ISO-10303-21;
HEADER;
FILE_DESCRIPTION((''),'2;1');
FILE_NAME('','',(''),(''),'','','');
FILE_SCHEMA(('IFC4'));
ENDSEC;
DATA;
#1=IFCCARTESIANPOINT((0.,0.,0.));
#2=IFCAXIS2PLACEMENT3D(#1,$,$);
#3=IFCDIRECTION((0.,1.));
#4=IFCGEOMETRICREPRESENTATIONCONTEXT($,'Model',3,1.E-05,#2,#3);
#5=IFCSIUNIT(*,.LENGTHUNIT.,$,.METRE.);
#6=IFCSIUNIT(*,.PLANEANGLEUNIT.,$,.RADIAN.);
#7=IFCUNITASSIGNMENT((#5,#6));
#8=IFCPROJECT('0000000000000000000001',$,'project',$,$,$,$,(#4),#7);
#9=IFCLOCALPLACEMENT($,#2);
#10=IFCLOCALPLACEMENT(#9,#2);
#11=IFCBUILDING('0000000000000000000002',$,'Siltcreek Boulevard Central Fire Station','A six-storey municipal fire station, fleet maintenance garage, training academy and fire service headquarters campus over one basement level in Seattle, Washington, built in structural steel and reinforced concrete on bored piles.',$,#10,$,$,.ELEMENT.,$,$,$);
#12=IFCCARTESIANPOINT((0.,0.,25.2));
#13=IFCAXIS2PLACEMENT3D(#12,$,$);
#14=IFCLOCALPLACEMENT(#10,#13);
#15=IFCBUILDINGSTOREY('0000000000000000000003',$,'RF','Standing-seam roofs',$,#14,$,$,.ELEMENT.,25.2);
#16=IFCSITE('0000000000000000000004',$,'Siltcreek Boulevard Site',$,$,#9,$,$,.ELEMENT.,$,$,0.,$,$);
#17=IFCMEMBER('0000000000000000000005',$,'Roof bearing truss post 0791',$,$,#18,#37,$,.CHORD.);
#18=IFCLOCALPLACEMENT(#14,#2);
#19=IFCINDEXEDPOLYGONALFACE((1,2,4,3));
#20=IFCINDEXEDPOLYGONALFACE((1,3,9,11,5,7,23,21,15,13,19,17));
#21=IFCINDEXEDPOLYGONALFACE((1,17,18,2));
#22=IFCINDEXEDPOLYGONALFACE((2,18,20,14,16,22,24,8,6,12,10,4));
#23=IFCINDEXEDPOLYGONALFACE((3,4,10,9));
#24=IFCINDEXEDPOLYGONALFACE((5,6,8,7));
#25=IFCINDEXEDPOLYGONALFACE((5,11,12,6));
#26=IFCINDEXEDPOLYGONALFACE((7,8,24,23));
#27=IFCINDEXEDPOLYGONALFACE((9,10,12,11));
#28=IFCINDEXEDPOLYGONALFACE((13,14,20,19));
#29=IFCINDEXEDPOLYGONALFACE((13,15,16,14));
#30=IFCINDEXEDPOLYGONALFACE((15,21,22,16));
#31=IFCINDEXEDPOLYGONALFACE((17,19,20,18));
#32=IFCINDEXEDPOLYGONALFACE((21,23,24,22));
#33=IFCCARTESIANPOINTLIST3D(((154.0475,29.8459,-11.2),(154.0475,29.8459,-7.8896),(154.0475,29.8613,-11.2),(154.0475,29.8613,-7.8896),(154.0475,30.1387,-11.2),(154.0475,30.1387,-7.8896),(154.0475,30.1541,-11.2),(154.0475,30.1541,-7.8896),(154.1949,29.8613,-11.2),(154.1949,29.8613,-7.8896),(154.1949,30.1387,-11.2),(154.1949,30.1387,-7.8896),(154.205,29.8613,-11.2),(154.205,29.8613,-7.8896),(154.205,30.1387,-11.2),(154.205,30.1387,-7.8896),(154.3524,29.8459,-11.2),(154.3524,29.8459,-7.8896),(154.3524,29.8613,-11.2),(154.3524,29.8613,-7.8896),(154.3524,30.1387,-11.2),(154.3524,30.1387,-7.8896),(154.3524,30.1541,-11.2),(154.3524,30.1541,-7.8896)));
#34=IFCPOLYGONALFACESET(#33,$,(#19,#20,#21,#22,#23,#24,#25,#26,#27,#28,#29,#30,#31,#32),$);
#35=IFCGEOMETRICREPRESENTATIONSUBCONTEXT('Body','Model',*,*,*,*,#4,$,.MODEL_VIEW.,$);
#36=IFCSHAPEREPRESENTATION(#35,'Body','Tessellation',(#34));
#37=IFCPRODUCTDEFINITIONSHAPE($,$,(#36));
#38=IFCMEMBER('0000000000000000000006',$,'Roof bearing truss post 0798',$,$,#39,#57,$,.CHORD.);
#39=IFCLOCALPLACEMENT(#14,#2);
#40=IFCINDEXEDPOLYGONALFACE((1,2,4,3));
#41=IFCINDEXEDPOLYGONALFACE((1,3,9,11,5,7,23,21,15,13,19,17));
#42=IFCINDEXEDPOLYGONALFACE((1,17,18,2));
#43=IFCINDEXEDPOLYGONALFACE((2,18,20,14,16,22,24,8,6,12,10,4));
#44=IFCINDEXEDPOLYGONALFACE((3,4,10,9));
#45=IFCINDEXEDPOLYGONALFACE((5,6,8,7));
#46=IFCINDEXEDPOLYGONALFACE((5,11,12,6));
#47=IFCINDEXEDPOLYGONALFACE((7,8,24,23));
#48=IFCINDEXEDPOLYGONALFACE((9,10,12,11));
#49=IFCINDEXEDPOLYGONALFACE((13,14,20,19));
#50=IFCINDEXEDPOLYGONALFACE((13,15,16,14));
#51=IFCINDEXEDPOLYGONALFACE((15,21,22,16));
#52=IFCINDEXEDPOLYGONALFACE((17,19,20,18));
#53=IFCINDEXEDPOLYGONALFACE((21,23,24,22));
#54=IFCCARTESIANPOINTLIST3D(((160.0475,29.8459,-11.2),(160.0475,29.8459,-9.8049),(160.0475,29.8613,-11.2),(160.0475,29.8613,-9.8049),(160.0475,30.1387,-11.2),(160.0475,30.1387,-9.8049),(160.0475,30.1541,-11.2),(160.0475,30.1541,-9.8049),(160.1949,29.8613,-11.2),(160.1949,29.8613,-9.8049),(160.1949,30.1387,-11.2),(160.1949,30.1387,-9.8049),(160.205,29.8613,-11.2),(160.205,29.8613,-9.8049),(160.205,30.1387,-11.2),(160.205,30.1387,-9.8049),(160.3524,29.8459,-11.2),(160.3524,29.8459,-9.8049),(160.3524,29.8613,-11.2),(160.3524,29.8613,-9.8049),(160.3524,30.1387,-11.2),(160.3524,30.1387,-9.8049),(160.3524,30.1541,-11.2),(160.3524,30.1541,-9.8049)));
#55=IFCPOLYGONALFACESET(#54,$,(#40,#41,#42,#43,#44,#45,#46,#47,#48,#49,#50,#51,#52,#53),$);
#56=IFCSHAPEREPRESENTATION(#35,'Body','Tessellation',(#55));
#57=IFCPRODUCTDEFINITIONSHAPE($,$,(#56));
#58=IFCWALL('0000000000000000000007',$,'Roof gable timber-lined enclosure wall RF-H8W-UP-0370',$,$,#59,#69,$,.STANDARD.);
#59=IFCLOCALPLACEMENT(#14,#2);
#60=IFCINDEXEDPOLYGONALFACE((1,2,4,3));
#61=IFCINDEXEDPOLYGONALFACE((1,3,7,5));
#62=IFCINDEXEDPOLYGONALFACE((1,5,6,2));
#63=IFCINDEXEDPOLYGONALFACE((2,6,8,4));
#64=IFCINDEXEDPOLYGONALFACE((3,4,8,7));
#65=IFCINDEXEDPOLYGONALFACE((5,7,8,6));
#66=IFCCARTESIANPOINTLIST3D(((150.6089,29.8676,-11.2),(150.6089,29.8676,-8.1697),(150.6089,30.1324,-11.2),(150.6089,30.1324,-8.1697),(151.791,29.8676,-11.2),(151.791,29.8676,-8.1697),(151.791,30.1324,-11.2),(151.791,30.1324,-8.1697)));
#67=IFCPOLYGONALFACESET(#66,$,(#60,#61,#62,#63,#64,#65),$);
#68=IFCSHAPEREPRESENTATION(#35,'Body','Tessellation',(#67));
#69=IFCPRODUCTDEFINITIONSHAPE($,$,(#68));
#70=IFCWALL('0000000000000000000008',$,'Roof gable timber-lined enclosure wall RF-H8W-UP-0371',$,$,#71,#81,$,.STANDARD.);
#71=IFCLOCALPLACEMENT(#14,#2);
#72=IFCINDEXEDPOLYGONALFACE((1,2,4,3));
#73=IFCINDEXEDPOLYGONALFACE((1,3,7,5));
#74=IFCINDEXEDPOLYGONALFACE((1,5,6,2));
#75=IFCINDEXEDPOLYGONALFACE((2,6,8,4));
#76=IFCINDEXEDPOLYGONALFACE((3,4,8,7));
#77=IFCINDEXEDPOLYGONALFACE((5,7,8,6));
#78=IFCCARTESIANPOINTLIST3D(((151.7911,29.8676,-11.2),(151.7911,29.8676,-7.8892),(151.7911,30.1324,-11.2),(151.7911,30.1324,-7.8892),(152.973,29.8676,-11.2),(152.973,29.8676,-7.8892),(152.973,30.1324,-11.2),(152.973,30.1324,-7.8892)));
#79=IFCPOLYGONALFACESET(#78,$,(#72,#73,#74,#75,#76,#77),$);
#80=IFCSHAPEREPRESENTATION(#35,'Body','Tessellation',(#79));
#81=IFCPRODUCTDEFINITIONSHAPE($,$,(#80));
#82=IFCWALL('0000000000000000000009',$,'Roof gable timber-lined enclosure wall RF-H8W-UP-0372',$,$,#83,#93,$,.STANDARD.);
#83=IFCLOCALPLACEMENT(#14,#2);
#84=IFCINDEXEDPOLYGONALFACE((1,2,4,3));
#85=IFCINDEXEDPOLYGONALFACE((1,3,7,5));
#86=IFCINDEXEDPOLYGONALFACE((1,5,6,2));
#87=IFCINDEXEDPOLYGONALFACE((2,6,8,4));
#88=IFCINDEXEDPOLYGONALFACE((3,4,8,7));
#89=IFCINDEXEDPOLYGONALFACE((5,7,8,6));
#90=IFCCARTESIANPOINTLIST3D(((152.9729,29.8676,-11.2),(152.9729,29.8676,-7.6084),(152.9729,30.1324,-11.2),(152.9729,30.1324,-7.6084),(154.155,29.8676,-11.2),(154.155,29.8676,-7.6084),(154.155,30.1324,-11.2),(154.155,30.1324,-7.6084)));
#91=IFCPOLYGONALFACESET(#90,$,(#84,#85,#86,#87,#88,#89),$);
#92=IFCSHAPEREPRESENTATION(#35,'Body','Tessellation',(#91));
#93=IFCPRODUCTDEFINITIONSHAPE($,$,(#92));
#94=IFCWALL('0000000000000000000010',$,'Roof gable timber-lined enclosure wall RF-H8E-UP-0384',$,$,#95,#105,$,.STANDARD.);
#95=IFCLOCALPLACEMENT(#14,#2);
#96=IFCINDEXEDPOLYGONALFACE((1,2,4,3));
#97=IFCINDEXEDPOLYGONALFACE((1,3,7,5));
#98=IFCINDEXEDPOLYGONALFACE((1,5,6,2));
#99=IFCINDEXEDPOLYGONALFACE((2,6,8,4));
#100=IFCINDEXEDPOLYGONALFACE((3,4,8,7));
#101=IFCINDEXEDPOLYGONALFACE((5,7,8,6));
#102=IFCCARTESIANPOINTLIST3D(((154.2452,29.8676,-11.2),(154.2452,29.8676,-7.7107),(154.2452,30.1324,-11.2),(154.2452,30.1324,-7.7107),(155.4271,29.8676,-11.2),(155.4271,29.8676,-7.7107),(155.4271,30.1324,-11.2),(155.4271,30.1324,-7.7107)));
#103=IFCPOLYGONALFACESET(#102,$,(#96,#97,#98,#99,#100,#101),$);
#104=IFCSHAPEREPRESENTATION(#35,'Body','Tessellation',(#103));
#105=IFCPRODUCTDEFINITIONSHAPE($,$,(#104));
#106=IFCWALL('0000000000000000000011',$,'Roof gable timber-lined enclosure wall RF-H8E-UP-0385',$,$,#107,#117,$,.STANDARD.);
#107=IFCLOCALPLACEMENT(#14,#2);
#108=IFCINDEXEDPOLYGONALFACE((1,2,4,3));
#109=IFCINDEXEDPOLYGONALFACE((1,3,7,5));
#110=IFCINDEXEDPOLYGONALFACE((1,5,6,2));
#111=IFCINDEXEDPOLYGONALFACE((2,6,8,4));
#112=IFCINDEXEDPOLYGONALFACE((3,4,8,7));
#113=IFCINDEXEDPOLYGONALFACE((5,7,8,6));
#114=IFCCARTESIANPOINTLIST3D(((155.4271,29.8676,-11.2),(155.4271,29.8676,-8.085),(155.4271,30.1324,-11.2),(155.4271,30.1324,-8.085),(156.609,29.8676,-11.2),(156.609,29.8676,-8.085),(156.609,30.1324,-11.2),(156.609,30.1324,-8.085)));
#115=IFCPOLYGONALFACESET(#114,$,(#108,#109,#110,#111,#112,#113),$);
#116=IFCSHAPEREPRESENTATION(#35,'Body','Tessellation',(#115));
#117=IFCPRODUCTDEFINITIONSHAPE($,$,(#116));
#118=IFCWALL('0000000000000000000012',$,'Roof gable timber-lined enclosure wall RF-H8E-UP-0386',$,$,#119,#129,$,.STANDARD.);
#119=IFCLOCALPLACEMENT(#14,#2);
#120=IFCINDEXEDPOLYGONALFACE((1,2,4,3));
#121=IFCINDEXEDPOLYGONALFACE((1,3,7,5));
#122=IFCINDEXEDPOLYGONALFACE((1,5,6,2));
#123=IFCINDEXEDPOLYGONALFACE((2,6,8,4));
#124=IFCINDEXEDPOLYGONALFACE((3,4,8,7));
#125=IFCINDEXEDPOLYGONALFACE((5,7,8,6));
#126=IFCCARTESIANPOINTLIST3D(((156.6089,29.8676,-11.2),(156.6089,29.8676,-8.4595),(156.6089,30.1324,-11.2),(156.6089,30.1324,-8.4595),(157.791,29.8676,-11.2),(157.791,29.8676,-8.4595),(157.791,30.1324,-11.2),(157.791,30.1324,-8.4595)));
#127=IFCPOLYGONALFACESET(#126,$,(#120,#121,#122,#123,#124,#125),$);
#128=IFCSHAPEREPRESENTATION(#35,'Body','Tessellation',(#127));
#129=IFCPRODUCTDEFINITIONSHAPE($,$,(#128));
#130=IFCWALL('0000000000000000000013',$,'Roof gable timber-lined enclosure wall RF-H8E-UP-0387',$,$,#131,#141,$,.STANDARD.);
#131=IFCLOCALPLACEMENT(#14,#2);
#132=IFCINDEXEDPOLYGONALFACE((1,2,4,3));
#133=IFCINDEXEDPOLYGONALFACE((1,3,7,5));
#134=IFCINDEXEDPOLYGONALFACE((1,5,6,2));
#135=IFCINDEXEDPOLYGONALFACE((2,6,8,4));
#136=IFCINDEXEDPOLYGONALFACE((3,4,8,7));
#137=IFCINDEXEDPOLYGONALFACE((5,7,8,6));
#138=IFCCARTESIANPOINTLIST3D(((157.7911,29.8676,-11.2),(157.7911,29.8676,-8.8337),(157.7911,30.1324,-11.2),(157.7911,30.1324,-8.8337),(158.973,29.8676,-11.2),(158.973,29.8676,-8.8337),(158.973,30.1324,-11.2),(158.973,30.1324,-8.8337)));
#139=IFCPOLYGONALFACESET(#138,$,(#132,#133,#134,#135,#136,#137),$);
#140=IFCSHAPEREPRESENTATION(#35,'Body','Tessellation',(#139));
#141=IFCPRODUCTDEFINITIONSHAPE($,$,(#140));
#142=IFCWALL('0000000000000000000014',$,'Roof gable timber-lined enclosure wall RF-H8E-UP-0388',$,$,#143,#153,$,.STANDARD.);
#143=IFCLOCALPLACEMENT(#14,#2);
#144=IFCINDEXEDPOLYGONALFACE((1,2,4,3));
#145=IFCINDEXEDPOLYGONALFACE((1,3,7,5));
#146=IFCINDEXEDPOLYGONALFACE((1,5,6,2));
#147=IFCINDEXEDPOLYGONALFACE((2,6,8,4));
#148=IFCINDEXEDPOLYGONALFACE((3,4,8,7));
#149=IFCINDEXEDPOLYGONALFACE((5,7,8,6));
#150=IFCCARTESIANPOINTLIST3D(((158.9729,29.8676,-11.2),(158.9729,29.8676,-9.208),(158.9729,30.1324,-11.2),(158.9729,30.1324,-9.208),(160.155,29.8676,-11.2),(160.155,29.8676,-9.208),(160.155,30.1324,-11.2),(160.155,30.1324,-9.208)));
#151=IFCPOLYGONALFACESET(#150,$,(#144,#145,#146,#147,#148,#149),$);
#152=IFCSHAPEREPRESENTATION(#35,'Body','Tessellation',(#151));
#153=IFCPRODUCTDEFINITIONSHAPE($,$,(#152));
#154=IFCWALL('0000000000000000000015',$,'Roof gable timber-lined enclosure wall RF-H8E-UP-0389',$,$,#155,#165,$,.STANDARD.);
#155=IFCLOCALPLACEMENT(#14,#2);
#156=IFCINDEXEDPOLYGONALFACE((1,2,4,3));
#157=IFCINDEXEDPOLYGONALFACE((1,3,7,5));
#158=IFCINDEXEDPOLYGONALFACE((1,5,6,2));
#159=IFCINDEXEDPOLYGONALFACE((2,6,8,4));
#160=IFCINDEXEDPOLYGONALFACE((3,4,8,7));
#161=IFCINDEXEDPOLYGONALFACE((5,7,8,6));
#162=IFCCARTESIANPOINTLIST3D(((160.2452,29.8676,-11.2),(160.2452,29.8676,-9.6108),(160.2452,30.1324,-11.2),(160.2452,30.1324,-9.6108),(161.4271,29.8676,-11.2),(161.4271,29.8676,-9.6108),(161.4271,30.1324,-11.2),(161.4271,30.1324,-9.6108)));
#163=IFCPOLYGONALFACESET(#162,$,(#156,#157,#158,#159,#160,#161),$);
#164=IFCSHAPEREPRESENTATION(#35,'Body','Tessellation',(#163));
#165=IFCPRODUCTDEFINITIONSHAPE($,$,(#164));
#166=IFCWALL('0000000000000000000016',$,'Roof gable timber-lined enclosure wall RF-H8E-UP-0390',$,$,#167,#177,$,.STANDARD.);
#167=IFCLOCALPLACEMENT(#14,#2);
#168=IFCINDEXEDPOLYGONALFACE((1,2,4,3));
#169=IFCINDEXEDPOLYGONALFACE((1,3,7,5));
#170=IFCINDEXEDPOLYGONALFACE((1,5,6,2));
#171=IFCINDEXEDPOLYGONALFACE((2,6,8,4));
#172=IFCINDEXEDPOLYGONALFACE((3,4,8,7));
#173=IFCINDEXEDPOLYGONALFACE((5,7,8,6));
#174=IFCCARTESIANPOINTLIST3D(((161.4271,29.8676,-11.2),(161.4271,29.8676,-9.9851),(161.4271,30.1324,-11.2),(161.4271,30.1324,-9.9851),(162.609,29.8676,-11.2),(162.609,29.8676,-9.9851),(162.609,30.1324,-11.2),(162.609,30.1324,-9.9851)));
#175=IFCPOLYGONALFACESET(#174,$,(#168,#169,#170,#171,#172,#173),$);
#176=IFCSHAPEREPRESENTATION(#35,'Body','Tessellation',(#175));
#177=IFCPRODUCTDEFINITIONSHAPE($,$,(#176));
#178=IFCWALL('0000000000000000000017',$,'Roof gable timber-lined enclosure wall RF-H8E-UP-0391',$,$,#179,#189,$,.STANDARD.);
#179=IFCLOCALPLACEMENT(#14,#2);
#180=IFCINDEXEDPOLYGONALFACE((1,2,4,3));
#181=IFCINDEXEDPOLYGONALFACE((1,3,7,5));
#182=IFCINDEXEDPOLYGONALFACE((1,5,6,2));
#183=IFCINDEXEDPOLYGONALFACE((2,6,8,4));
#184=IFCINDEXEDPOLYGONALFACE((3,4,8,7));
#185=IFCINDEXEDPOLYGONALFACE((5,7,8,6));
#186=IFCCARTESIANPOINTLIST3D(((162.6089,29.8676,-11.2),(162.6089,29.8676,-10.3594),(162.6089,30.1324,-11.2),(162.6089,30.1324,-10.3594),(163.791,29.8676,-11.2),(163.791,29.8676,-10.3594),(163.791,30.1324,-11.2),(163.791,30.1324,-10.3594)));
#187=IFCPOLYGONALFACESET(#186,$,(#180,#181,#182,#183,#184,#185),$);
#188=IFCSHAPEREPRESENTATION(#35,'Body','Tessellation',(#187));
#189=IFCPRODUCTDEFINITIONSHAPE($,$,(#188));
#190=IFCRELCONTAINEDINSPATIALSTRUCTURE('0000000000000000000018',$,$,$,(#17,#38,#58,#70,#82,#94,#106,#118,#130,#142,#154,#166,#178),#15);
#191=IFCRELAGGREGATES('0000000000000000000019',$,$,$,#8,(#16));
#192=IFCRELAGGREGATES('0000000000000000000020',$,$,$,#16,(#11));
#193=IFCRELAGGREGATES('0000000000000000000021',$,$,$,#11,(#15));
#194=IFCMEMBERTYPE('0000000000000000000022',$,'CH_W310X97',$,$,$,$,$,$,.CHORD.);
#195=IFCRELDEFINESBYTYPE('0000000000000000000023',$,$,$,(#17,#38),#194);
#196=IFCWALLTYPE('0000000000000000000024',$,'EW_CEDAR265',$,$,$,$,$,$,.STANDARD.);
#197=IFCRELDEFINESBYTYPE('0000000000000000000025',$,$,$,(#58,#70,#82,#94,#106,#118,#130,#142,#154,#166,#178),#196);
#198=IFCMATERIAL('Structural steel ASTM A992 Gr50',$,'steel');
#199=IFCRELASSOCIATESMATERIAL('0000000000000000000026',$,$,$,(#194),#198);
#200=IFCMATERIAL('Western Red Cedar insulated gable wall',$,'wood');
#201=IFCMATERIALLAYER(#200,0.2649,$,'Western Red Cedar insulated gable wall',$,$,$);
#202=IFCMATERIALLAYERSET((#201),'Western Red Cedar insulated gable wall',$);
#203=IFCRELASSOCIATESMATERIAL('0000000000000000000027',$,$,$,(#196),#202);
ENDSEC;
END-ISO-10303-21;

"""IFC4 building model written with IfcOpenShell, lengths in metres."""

from ifc_helpers import new_model, si_unit, direction, frame, frame_2d, origin, origin_2d, place, context, subcontext, project, spatial, rectangle, i_section, extrude, material, layer, layer_set, material_profile, profile_set, type_object, element, save


model = new_model("IFC4")

# Units and contexts
model_context = context("Model", 3, precision=1e-05, world=origin(), true_north=direction((0.0, 1.0)))
body_context = subcontext(model_context, "Body", "Model", "MODEL_VIEW")
ifc_project = project(units=[si_unit("LENGTHUNIT", "METRE"), si_unit("PLANEANGLEUNIT", "RADIAN")], contexts=[model_context])

# Site, building, storey
site_placement = place(None, origin())
site = spatial("IfcSite", under=ifc_project, at=site_placement, Name="Siltcreek Boulevard Site", CompositionType="ELEMENT", RefElevation=0.0)
building_placement = place(site_placement, origin())
building = spatial("IfcBuilding", under=site, at=building_placement, Name="Siltcreek Boulevard Central Fire Station", Description="A six-storey municipal fire station, fleet maintenance garage, training academy and fire service headquarters campus over one basement level in Seattle, Washington, built in structural steel and reinforced concrete on bored piles.", CompositionType="ELEMENT")
storey_placement = place(building_placement, frame((0.0, 0.0, 25.2)))
storey = spatial("IfcBuildingStorey", under=building, at=storey_placement, Name="RF", Description="Standing-seam roofs", CompositionType="ELEMENT", Elevation=25.2)

# Members
ifc_material_1 = material(Name="Structural steel ASTM A992 Gr50", Category="steel")
ifc_material_profile = material_profile(ifc_material_1, i_section(OverallWidth=0.3049, OverallDepth=0.3081, WebThickness=0.01, FlangeThickness=0.0154, at=origin_2d()), Name="W310X97")
ifc_profile_set = profile_set([ifc_material_profile], Name="Structural steel ASTM A992 Gr50")
member_type = type_object("IfcMemberType", Name="CH_W310X97", PredefinedType="CHORD", material=ifc_profile_set)
member_1_placement = place(storey_placement, frame((154.2, 30.0, -11.2), z_axis=(0.0, 0.0, 1.0), x_axis=(1.0, 0.0, 0.0)))
element("IfcMember", 1, at=member_1_placement, inside=storey, type_object=member_type, Name="Roof bearing truss post 0791", PredefinedType="CHORD", context=body_context, shape_type="SweptSolid", body=[
    extrude(i_section(OverallWidth=0.3049, OverallDepth=0.3081, WebThickness=0.01, FlangeThickness=0.0154, at=origin_2d()), origin(), (0.0, 0.0, 1.0), 3.3103),
])
member_2_placement = place(storey_placement, frame((160.2, 30.0, -11.2), z_axis=(0.0, 0.0, 1.0), x_axis=(1.0, 0.0, 0.0)))
element("IfcMember", 2, at=member_2_placement, inside=storey, type_object=member_type, Name="Roof bearing truss post 0798", PredefinedType="CHORD", context=body_context, shape_type="SweptSolid", body=[
    extrude(i_section(OverallWidth=0.3049, OverallDepth=0.3081, WebThickness=0.01, FlangeThickness=0.0154, at=origin_2d()), origin(), (0.0, 0.0, 1.0), 1.395),
])

# Walls
ifc_material_2 = material(Name="Western Red Cedar insulated gable wall", Category="wood")
ifc_layer_1 = layer(ifc_material_2, 0.2649, Name="Western Red Cedar insulated gable wall")
ifc_layer_set_1 = layer_set([ifc_layer_1], Name="Western Red Cedar insulated gable wall")
wall_type = type_object("IfcWallType", Name="EW_CEDAR265", PredefinedType="STANDARD", material=ifc_layer_set_1)
wall_1_placement = place(storey_placement, frame((151.791, 30.0, -11.2), z_axis=(0.0, 0.0, 1.0), x_axis=(-1.0, 0.0, 0.0)))
element("IfcWall", 3, at=wall_1_placement, inside=storey, type_object=wall_type, Name="Roof gable timber-lined enclosure wall RF-H8W-UP-0370", PredefinedType="STANDARD", context=body_context, shape_type="SweptSolid", body=[
    extrude(rectangle(XDim=1.1821, YDim=0.2649, at=frame_2d((0.5911, 0.0))), origin(), (0.0, 0.0, 1.0), 3.0303),
])
wall_2_placement = place(storey_placement, frame((152.9729, 30.0, -11.2), z_axis=(0.0, 0.0, 1.0), x_axis=(-1.0, 0.0, 0.0)))
element("IfcWall", 4, at=wall_2_placement, inside=storey, type_object=wall_type, Name="Roof gable timber-lined enclosure wall RF-H8W-UP-0371", PredefinedType="STANDARD", context=body_context, shape_type="SweptSolid", body=[
    extrude(rectangle(XDim=1.1819, YDim=0.2649, at=frame_2d((0.5908, 0.0))), origin(), (0.0, 0.0, 1.0), 3.3108),
])
wall_3_placement = place(storey_placement, frame((154.155, 30.0, -11.2), z_axis=(0.0, 0.0, 1.0), x_axis=(-1.0, 0.0, 0.0)))
element("IfcWall", 5, at=wall_3_placement, inside=storey, type_object=wall_type, Name="Roof gable timber-lined enclosure wall RF-H8W-UP-0372", PredefinedType="STANDARD", context=body_context, shape_type="SweptSolid", body=[
    extrude(rectangle(XDim=1.1821, YDim=0.2649, at=frame_2d((0.5911, 0.0))), origin(), (0.0, 0.0, 1.0), 3.5916),
])
wall_4_placement = place(storey_placement, frame((155.427, 30.0, -11.2), z_axis=(0.0, 0.0, 1.0), x_axis=(-1.0, 0.0, 0.0)))
element("IfcWall", 6, at=wall_4_placement, inside=storey, type_object=wall_type, Name="Roof gable timber-lined enclosure wall RF-H8E-UP-0384", PredefinedType="STANDARD", context=body_context, shape_type="SweptSolid", body=[
    extrude(rectangle(XDim=1.1819, YDim=0.2649, at=frame_2d((0.5908, 0.0))), origin(), (0.0, 0.0, 1.0), 3.4893),
])
wall_5_placement = place(storey_placement, frame((156.6089, 30.0, -11.2), z_axis=(0.0, 0.0, 1.0), x_axis=(-1.0, 0.0, 0.0)))
element("IfcWall", 7, at=wall_5_placement, inside=storey, type_object=wall_type, Name="Roof gable timber-lined enclosure wall RF-H8E-UP-0385", PredefinedType="STANDARD", context=body_context, shape_type="SweptSolid", body=[
    extrude(rectangle(XDim=1.1819, YDim=0.2649, at=frame_2d((0.5908, 0.0))), origin(), (0.0, 0.0, 1.0), 3.115),
])
wall_6_placement = place(storey_placement, frame((157.791, 30.0, -11.2), z_axis=(0.0, 0.0, 1.0), x_axis=(-1.0, 0.0, 0.0)))
element("IfcWall", 8, at=wall_6_placement, inside=storey, type_object=wall_type, Name="Roof gable timber-lined enclosure wall RF-H8E-UP-0386", PredefinedType="STANDARD", context=body_context, shape_type="SweptSolid", body=[
    extrude(rectangle(XDim=1.1821, YDim=0.2649, at=frame_2d((0.5911, 0.0))), origin(), (0.0, 0.0, 1.0), 2.7405),
])
wall_7_placement = place(storey_placement, frame((158.9729, 30.0, -11.2), z_axis=(0.0, 0.0, 1.0), x_axis=(-1.0, 0.0, 0.0)))
element("IfcWall", 9, at=wall_7_placement, inside=storey, type_object=wall_type, Name="Roof gable timber-lined enclosure wall RF-H8E-UP-0387", PredefinedType="STANDARD", context=body_context, shape_type="SweptSolid", body=[
    extrude(rectangle(XDim=1.1819, YDim=0.2649, at=frame_2d((0.5908, 0.0))), origin(), (0.0, 0.0, 1.0), 2.3662),
])
wall_8_placement = place(storey_placement, frame((160.155, 30.0, -11.2), z_axis=(0.0, 0.0, 1.0), x_axis=(-1.0, 0.0, 0.0)))
element("IfcWall", 10, at=wall_8_placement, inside=storey, type_object=wall_type, Name="Roof gable timber-lined enclosure wall RF-H8E-UP-0388", PredefinedType="STANDARD", context=body_context, shape_type="SweptSolid", body=[
    extrude(rectangle(XDim=1.1821, YDim=0.2649, at=frame_2d((0.5911, 0.0))), origin(), (0.0, 0.0, 1.0), 1.9919),
])
wall_9_placement = place(storey_placement, frame((161.427, 30.0, -11.2), z_axis=(0.0, 0.0, 1.0), x_axis=(-1.0, 0.0, 0.0)))
element("IfcWall", 11, at=wall_9_placement, inside=storey, type_object=wall_type, Name="Roof gable timber-lined enclosure wall RF-H8E-UP-0389", PredefinedType="STANDARD", context=body_context, shape_type="SweptSolid", body=[
    extrude(rectangle(XDim=1.1819, YDim=0.2649, at=frame_2d((0.5908, 0.0))), origin(), (0.0, 0.0, 1.0), 1.5891),
])
wall_10_placement = place(storey_placement, frame((162.6089, 30.0, -11.2), z_axis=(0.0, 0.0, 1.0), x_axis=(-1.0, 0.0, 0.0)))
element("IfcWall", 12, at=wall_10_placement, inside=storey, type_object=wall_type, Name="Roof gable timber-lined enclosure wall RF-H8E-UP-0390", PredefinedType="STANDARD", context=body_context, shape_type="SweptSolid", body=[
    extrude(rectangle(XDim=1.1819, YDim=0.2649, at=frame_2d((0.5908, 0.0))), origin(), (0.0, 0.0, 1.0), 1.2148),
])
wall_11_placement = place(storey_placement, frame((163.791, 30.0, -11.2), z_axis=(0.0, 0.0, 1.0), x_axis=(-1.0, 0.0, 0.0)))
element("IfcWall", 13, at=wall_11_placement, inside=storey, type_object=wall_type, Name="Roof gable timber-lined enclosure wall RF-H8E-UP-0391", PredefinedType="STANDARD", context=body_context, shape_type="SweptSolid", body=[
    extrude(rectangle(XDim=1.1821, YDim=0.2649, at=frame_2d((0.5911, 0.0))), origin(), (0.0, 0.0, 1.0), 0.8406),
])

save(model, "model.ifc")
